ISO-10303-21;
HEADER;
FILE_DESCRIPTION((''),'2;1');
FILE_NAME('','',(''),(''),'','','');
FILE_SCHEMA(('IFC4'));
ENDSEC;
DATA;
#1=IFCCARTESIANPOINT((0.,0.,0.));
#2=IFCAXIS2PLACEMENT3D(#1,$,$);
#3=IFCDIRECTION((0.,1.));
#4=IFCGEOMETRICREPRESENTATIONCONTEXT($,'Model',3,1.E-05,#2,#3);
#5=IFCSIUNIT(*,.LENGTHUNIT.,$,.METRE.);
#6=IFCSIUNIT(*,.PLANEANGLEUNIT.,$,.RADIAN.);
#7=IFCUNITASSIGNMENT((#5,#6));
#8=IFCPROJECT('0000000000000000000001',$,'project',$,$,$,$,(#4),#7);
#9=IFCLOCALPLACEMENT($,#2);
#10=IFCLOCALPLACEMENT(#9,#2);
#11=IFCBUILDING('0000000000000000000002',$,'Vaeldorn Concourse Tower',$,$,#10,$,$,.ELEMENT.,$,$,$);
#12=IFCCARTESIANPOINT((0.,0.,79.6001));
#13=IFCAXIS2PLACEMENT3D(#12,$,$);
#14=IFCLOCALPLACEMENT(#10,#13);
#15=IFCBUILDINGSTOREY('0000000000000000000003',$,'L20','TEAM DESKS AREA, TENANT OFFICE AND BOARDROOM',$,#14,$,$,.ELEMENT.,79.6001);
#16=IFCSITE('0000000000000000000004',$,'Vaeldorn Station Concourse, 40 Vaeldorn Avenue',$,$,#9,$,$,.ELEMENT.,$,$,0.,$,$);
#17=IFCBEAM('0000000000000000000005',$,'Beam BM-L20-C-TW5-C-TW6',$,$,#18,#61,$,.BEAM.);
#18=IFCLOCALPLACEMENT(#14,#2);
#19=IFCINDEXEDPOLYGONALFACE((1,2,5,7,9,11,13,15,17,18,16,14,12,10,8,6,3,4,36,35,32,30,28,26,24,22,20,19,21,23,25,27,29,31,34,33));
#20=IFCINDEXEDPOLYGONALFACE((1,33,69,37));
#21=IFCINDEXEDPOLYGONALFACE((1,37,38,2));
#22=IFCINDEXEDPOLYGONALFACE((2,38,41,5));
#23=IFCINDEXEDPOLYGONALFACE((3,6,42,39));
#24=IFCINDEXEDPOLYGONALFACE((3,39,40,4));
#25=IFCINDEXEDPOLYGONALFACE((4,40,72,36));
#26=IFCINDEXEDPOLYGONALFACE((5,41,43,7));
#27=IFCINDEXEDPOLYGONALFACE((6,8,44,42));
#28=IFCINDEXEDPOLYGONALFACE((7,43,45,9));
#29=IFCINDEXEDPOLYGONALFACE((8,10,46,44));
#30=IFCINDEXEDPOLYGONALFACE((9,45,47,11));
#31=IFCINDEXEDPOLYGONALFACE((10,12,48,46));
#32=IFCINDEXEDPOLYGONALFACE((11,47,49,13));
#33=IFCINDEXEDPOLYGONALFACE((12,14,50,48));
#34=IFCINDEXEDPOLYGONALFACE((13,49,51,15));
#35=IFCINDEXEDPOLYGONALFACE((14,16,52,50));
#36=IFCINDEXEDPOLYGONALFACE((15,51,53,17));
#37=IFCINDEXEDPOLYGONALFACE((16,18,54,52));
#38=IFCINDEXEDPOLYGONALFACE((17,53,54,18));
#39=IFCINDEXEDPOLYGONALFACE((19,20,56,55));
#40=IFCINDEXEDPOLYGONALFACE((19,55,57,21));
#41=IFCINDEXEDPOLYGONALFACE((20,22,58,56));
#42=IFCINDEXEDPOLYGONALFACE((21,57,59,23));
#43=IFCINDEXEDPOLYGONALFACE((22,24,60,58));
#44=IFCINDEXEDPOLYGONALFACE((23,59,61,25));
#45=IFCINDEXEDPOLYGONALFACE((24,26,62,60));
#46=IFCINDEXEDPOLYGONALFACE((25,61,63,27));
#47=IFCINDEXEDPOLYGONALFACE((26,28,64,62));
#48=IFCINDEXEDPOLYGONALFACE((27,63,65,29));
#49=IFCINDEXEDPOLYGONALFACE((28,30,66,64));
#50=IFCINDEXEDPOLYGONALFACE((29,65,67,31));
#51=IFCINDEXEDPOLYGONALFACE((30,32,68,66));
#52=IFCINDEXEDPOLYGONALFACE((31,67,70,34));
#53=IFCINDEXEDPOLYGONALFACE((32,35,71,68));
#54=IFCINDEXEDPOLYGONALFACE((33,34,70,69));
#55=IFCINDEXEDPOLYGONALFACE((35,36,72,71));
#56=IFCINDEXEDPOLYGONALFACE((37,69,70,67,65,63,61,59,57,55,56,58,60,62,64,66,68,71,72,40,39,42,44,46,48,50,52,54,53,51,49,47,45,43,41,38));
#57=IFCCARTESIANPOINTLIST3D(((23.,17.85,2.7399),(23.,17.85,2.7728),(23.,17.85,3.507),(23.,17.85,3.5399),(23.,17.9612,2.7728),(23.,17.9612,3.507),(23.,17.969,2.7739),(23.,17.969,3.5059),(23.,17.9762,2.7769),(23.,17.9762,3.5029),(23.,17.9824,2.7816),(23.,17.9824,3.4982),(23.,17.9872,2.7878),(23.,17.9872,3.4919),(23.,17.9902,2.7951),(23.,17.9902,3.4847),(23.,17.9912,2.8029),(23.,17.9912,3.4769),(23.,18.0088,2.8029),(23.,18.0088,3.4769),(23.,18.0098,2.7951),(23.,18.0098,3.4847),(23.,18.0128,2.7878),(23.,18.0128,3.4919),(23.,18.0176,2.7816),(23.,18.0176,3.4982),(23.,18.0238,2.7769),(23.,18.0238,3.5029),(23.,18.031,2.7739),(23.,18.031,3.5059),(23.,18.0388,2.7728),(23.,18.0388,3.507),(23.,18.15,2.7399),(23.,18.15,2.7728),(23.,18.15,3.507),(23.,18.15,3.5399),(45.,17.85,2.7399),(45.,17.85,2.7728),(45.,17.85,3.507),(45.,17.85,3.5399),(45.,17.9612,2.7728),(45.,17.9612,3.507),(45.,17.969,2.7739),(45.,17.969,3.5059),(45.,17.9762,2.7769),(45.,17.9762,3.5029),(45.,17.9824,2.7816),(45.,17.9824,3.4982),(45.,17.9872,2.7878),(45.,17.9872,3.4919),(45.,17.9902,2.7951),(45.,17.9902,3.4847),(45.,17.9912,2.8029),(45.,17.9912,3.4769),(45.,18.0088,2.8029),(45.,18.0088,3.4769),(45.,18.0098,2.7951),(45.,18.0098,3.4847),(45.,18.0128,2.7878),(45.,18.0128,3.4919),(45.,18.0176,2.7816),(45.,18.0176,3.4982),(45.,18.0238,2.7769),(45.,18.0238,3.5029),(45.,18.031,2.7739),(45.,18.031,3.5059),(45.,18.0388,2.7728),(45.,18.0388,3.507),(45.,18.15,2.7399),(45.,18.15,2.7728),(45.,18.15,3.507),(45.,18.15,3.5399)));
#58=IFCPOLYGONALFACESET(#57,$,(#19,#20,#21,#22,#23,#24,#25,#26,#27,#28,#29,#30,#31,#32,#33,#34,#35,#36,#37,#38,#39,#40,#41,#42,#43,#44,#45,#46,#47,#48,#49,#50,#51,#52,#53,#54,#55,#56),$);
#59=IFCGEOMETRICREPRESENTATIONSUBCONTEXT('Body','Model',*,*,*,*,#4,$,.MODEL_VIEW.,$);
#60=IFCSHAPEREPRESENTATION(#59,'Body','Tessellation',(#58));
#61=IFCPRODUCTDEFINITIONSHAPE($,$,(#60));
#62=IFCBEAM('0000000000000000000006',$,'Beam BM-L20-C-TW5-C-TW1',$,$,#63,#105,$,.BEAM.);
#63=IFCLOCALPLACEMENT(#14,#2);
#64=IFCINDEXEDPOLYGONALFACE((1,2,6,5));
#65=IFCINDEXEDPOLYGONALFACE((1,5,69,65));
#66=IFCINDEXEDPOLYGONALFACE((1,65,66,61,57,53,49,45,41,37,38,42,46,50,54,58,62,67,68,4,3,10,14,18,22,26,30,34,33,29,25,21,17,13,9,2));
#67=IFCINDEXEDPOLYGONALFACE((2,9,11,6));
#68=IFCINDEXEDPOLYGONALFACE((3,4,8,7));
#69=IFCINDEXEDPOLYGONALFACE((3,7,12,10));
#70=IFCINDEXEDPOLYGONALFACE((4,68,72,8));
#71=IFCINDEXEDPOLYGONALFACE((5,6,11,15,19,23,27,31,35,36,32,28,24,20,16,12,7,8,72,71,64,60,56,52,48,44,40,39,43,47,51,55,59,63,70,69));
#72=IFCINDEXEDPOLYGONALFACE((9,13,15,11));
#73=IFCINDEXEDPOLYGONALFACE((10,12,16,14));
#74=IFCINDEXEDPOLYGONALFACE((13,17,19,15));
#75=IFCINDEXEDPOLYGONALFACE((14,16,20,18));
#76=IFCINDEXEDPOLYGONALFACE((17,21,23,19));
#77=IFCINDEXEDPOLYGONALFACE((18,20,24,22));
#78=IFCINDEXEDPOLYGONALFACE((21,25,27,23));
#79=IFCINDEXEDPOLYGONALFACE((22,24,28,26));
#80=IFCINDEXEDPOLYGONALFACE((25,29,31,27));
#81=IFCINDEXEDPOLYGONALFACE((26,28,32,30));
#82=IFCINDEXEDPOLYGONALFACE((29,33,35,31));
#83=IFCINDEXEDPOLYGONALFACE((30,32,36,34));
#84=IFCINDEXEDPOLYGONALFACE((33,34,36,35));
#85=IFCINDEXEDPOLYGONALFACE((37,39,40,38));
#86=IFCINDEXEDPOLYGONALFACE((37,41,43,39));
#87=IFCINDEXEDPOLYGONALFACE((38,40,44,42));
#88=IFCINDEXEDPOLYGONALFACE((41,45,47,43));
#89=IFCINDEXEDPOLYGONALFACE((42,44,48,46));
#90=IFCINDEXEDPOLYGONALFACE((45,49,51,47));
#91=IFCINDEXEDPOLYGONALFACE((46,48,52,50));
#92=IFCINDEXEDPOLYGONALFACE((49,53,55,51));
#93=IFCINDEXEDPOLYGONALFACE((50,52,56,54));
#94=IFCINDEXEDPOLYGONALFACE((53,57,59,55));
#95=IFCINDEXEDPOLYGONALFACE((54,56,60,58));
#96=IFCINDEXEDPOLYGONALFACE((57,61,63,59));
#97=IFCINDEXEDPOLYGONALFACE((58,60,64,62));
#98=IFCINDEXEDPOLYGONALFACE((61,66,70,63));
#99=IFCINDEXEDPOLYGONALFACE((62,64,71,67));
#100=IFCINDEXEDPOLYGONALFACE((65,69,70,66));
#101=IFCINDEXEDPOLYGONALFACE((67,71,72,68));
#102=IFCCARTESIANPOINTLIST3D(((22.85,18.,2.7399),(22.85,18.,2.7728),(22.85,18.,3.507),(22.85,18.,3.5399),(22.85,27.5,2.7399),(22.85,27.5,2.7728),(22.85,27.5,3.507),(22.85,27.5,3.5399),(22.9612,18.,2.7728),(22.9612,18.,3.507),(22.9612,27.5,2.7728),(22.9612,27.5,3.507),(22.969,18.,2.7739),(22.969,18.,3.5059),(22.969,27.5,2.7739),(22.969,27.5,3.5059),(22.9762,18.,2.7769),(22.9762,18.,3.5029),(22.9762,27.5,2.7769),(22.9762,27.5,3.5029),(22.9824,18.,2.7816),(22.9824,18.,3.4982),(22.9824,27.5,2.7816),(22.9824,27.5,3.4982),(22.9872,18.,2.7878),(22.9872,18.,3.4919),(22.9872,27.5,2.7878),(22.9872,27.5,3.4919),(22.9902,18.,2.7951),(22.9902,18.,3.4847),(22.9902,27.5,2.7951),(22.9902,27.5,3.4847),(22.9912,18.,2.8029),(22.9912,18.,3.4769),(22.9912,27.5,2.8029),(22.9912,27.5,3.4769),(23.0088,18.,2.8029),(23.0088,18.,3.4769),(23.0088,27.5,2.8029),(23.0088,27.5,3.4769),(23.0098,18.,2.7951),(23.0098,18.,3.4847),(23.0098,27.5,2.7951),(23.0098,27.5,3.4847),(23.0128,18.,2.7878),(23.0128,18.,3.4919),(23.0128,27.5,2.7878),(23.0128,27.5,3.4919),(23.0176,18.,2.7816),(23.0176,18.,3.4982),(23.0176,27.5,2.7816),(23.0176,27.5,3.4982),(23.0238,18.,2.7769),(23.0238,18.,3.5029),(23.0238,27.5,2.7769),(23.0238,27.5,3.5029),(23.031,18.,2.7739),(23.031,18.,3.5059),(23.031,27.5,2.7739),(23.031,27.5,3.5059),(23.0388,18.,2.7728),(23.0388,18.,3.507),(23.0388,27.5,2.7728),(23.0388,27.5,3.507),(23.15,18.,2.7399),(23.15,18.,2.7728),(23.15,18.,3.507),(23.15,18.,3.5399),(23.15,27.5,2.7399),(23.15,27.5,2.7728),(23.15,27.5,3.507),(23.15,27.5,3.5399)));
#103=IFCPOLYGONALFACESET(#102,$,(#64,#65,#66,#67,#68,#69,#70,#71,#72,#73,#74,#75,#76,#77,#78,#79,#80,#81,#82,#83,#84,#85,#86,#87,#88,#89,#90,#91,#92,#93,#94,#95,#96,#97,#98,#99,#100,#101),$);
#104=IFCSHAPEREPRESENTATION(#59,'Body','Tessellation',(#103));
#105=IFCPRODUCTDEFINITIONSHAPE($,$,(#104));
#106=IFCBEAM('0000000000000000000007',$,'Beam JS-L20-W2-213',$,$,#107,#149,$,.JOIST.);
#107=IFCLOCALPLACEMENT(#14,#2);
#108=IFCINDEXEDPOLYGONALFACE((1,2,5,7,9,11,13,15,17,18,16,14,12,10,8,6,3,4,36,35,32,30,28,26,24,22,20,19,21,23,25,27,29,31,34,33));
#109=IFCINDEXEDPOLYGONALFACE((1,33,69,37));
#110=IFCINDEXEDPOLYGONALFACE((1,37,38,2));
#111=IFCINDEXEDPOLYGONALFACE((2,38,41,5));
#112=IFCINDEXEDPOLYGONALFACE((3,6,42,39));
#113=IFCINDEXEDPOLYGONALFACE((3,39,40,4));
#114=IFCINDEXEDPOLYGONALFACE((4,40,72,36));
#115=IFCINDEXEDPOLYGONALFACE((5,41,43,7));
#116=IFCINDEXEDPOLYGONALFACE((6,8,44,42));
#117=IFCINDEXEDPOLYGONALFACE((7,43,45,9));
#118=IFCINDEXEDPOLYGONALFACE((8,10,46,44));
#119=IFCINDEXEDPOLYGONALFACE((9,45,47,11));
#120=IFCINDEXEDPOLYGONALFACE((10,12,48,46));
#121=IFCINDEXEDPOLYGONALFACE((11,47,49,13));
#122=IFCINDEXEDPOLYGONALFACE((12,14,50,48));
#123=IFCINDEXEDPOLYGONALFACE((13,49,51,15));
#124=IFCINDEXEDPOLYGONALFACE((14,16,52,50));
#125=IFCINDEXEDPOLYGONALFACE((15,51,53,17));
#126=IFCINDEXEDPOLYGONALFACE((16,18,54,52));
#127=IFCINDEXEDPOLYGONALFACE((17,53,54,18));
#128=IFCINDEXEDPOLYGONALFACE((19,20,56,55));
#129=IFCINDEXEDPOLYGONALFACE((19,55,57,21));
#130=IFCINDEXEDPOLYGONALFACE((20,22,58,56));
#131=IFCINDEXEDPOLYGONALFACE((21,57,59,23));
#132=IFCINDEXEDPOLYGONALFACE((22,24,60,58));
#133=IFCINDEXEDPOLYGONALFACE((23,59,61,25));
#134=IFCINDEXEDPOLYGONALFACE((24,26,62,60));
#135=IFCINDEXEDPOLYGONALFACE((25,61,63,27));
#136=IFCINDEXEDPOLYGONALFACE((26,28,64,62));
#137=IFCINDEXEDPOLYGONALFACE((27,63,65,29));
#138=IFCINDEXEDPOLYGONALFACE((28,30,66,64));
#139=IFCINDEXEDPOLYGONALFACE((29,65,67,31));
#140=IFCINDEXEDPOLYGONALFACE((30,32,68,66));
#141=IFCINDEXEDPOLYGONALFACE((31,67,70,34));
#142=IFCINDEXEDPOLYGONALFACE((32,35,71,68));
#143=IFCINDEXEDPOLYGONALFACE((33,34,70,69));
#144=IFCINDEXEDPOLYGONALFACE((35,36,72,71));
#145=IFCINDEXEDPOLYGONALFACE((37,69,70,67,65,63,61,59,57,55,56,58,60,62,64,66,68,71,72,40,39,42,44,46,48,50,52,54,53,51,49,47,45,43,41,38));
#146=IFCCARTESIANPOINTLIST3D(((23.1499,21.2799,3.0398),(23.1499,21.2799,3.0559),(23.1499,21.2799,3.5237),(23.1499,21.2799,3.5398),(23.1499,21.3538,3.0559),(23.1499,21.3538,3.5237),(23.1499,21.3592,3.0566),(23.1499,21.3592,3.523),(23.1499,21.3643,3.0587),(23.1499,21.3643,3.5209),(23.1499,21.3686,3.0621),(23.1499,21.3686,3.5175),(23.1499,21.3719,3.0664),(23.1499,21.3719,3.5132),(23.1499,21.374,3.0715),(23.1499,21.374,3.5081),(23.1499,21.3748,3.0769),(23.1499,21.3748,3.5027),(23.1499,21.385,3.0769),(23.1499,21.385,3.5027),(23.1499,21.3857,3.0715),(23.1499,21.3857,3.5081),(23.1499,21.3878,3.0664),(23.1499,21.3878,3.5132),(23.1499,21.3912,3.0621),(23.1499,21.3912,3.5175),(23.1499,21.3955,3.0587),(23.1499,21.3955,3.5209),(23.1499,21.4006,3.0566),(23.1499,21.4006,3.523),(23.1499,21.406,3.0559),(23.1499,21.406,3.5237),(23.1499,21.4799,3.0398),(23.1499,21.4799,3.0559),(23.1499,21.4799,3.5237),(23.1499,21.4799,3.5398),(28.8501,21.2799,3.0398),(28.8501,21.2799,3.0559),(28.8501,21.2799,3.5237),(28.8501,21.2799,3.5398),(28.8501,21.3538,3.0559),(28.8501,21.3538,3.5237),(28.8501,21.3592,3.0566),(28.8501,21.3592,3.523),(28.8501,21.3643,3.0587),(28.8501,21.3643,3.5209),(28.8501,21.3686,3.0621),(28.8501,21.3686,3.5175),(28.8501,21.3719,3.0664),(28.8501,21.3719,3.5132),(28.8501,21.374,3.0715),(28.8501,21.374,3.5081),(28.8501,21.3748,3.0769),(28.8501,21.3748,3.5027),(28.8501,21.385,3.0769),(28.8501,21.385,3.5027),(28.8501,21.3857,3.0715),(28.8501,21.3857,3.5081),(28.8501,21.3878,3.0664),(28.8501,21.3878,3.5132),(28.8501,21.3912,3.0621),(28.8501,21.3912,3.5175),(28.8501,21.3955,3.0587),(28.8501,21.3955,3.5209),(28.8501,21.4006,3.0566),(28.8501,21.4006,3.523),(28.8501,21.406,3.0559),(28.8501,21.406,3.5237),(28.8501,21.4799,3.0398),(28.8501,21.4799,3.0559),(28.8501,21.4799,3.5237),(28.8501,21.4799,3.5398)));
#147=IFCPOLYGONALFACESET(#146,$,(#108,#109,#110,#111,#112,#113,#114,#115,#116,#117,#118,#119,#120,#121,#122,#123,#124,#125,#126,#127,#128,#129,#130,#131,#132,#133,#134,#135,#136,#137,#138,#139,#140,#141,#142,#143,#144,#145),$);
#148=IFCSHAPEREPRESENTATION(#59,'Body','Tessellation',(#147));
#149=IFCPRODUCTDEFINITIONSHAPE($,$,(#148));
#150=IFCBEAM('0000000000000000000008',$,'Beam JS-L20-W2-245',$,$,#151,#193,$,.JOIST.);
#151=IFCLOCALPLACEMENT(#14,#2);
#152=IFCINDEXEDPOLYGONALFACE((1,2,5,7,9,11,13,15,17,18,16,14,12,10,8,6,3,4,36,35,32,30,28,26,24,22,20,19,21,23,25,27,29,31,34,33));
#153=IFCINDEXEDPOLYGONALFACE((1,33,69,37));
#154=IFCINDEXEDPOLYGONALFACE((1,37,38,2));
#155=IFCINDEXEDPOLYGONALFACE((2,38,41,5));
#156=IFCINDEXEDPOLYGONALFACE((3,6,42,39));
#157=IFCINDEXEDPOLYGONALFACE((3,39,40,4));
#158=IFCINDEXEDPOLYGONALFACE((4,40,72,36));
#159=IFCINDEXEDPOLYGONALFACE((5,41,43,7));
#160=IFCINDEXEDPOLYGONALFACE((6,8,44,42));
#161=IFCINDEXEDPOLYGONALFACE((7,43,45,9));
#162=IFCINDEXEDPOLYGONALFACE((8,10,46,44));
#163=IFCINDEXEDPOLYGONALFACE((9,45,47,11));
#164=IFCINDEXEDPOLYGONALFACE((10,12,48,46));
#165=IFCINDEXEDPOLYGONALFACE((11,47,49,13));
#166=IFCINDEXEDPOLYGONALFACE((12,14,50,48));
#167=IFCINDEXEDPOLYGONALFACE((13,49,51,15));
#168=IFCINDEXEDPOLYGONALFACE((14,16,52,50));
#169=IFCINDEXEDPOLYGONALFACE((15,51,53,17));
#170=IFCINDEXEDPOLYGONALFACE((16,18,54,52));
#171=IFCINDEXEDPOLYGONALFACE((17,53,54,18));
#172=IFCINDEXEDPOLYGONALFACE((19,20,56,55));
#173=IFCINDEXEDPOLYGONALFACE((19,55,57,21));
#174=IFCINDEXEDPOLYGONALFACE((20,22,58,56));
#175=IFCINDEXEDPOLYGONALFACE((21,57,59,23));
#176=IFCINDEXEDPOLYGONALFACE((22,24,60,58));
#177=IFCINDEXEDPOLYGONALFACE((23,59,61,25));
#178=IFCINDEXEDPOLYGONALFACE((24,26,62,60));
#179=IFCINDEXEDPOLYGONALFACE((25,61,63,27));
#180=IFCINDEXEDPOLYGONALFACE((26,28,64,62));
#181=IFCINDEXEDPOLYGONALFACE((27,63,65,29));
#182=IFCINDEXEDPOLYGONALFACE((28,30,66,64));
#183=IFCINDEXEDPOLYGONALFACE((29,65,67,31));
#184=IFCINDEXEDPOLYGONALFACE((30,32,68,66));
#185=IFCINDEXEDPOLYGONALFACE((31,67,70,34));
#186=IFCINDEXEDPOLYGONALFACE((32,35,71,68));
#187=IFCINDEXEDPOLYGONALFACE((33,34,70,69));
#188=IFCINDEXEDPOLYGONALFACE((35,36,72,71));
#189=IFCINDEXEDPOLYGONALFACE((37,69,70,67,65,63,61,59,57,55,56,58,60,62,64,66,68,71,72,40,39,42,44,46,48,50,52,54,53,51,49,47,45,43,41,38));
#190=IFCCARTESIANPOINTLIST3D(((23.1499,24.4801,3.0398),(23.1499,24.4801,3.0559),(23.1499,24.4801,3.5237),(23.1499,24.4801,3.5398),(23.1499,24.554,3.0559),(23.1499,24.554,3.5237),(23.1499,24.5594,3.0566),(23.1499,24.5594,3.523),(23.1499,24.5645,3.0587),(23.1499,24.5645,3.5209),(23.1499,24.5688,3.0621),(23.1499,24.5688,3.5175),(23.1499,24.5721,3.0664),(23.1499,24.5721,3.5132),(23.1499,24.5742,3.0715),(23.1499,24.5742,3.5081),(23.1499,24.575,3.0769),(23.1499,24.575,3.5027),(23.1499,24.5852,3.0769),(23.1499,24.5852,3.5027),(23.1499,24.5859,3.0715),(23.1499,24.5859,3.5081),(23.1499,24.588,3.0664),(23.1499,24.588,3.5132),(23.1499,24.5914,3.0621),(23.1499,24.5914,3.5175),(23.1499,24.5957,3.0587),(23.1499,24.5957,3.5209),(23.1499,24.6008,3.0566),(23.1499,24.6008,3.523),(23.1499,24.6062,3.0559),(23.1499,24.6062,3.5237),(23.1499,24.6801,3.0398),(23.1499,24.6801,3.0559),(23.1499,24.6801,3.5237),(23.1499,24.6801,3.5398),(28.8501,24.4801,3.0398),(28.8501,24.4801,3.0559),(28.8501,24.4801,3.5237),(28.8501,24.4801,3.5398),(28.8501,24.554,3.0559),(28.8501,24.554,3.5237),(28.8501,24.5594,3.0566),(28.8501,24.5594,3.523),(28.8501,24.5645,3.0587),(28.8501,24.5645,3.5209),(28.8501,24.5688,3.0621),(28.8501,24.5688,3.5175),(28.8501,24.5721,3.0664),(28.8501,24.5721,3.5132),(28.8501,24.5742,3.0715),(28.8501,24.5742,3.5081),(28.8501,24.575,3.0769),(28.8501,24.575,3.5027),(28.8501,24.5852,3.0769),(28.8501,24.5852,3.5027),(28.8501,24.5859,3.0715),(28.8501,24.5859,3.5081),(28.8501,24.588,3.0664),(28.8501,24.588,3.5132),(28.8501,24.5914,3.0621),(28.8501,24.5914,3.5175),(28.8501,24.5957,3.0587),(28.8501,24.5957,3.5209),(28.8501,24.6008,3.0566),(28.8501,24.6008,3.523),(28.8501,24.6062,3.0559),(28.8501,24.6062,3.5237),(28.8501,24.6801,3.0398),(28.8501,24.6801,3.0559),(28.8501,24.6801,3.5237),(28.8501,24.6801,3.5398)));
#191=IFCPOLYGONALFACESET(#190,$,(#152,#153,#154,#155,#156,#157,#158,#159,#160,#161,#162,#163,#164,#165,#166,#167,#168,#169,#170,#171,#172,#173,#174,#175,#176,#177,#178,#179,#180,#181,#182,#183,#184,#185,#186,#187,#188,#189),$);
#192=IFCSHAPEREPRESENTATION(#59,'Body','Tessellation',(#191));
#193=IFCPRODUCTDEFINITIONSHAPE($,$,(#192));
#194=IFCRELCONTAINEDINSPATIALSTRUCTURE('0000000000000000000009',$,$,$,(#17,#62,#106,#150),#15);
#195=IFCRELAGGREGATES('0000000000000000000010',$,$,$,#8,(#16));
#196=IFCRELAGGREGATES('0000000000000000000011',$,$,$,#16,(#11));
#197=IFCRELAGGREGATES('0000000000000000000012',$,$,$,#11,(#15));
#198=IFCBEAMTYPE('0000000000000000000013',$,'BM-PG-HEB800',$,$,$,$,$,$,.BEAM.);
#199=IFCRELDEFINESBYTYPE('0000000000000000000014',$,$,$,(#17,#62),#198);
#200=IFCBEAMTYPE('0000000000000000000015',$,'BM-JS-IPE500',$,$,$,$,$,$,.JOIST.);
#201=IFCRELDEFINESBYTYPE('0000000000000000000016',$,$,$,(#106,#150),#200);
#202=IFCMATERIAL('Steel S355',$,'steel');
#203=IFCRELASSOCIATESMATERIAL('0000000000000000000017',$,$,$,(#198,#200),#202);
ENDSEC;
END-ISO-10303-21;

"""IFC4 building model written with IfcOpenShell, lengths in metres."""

from ifc_helpers import new_model, si_unit, direction, frame, origin, origin_2d, place, context, subcontext, project, spatial, i_section, extrude, source, transform, mapped, material, material_profile, profile_set, type_object, element, save


model = new_model("IFC4")

# Units and contexts
model_context = context("Model", 3, precision=1e-05, world=origin(), true_north=direction((0.0, 1.0)))
body_context = subcontext(model_context, "Body", "Model", "MODEL_VIEW")
ifc_project = project(units=[si_unit("LENGTHUNIT", "METRE"), si_unit("PLANEANGLEUNIT", "RADIAN")], contexts=[model_context])

# Site, building, storey
site_placement = place(None, origin())
site = spatial("IfcSite", under=ifc_project, at=site_placement, Name="Vaeldorn Station Concourse, 40 Vaeldorn Avenue", CompositionType="ELEMENT", RefElevation=0.0)
building_placement = place(site_placement, origin())
building = spatial("IfcBuilding", under=site, at=building_placement, Name="Vaeldorn Concourse Tower", CompositionType="ELEMENT")
storey_placement = place(building_placement, frame((0.0, 0.0, 79.6001)))
storey = spatial("IfcBuildingStorey", under=building, at=storey_placement, Name="L20", Description="TEAM DESKS AREA, TENANT OFFICE AND BOARDROOM", CompositionType="ELEMENT", Elevation=79.6001)

# Beams
ifc_material_1 = material(Name="Steel S355", Category="steel")
ifc_material_profile_1 = material_profile(ifc_material_1, i_section(OverallWidth=0.3, OverallDepth=0.8, WebThickness=0.0176, FlangeThickness=0.033, FilletRadius=0.03, at=origin_2d()), Name="HEB 800")
ifc_profile_set_1 = profile_set([ifc_material_profile_1], Name="Steel S355")
beam_type_1 = type_object("IfcBeamType", Name="BM-PG-HEB800", PredefinedType="BEAM", material=ifc_profile_set_1)
shared_shape_1 = source(origin(), body_context, "Body", "SweptSolid", [
    extrude(i_section(OverallWidth=0.3, OverallDepth=0.8, WebThickness=0.0176, FlangeThickness=0.033, FilletRadius=0.03, at=origin_2d()), origin(), (0.0, 0.0, 1.0), 22.0),
])
beam_1_placement = place(storey_placement, frame((23.0, 18.0, 3.1399), z_axis=(1.0, 0.0, 0.0), x_axis=(0.0, 1.0, 0.0)))
element("IfcBeam", 1, at=beam_1_placement, inside=storey, type_object=beam_type_1, Name="Beam BM-L20-C-TW5-C-TW6", PredefinedType="BEAM", context=body_context, shape_type="MappedRepresentation", body=[
    mapped(shared_shape_1, transform((0.0, 0.0, 0.0), scale=1.0)),
])
shared_shape_2 = source(origin(), body_context, "Body", "SweptSolid", [
    extrude(i_section(OverallWidth=0.3, OverallDepth=0.8, WebThickness=0.0176, FlangeThickness=0.033, FilletRadius=0.03, at=origin_2d()), origin(), (0.0, 0.0, 1.0), 9.5),
])
beam_2_placement = place(storey_placement, frame((23.0, 18.0, 3.1399), z_axis=(0.0, 1.0, 0.0), x_axis=(-1.0, 0.0, 0.0)))
element("IfcBeam", 2, at=beam_2_placement, inside=storey, type_object=beam_type_1, Name="Beam BM-L20-C-TW5-C-TW1", PredefinedType="BEAM", context=body_context, shape_type="MappedRepresentation", body=[
    mapped(shared_shape_2, transform((0.0, 0.0, 0.0), scale=1.0)),
])
ifc_material_profile_2 = material_profile(ifc_material_1, i_section(OverallWidth=0.2, OverallDepth=0.5, WebThickness=0.0103, FlangeThickness=0.0161, FilletRadius=0.021, at=origin_2d()), Name="IPE 500")
ifc_profile_set_2 = profile_set([ifc_material_profile_2], Name="Steel S355")
beam_type_2 = type_object("IfcBeamType", Name="BM-JS-IPE500", PredefinedType="JOIST", material=ifc_profile_set_2)
shared_shape_3 = source(origin(), body_context, "Body", "SweptSolid", [
    extrude(i_section(OverallWidth=0.2, OverallDepth=0.5, WebThickness=0.0103, FlangeThickness=0.0161, FilletRadius=0.021, at=origin_2d()), origin(), (0.0, 0.0, 1.0), 5.7002),
])
for number, where, z_axis, x_axis, name in (
    (3, (23.1499, 21.3799, 3.2898), (1.0, 0.0, 0.0), (0.0, 1.0, 0.0), "Beam JS-L20-W2-213"),
    (4, (23.1499, 24.5801, 3.2898), (1.0, 0.0, 0.0), (0.0, 1.0, 0.0), "Beam JS-L20-W2-245"),
):
    element("IfcBeam", number, at=place(storey_placement, frame(where, z_axis=z_axis, x_axis=x_axis)), inside=storey, type_object=beam_type_2, Name=name, PredefinedType="JOIST", context=body_context, shape_type="MappedRepresentation", body=[
        mapped(shared_shape_3, transform((0.0, 0.0, 0.0), scale=1.0)),
    ])

save(model, "model.ifc")
